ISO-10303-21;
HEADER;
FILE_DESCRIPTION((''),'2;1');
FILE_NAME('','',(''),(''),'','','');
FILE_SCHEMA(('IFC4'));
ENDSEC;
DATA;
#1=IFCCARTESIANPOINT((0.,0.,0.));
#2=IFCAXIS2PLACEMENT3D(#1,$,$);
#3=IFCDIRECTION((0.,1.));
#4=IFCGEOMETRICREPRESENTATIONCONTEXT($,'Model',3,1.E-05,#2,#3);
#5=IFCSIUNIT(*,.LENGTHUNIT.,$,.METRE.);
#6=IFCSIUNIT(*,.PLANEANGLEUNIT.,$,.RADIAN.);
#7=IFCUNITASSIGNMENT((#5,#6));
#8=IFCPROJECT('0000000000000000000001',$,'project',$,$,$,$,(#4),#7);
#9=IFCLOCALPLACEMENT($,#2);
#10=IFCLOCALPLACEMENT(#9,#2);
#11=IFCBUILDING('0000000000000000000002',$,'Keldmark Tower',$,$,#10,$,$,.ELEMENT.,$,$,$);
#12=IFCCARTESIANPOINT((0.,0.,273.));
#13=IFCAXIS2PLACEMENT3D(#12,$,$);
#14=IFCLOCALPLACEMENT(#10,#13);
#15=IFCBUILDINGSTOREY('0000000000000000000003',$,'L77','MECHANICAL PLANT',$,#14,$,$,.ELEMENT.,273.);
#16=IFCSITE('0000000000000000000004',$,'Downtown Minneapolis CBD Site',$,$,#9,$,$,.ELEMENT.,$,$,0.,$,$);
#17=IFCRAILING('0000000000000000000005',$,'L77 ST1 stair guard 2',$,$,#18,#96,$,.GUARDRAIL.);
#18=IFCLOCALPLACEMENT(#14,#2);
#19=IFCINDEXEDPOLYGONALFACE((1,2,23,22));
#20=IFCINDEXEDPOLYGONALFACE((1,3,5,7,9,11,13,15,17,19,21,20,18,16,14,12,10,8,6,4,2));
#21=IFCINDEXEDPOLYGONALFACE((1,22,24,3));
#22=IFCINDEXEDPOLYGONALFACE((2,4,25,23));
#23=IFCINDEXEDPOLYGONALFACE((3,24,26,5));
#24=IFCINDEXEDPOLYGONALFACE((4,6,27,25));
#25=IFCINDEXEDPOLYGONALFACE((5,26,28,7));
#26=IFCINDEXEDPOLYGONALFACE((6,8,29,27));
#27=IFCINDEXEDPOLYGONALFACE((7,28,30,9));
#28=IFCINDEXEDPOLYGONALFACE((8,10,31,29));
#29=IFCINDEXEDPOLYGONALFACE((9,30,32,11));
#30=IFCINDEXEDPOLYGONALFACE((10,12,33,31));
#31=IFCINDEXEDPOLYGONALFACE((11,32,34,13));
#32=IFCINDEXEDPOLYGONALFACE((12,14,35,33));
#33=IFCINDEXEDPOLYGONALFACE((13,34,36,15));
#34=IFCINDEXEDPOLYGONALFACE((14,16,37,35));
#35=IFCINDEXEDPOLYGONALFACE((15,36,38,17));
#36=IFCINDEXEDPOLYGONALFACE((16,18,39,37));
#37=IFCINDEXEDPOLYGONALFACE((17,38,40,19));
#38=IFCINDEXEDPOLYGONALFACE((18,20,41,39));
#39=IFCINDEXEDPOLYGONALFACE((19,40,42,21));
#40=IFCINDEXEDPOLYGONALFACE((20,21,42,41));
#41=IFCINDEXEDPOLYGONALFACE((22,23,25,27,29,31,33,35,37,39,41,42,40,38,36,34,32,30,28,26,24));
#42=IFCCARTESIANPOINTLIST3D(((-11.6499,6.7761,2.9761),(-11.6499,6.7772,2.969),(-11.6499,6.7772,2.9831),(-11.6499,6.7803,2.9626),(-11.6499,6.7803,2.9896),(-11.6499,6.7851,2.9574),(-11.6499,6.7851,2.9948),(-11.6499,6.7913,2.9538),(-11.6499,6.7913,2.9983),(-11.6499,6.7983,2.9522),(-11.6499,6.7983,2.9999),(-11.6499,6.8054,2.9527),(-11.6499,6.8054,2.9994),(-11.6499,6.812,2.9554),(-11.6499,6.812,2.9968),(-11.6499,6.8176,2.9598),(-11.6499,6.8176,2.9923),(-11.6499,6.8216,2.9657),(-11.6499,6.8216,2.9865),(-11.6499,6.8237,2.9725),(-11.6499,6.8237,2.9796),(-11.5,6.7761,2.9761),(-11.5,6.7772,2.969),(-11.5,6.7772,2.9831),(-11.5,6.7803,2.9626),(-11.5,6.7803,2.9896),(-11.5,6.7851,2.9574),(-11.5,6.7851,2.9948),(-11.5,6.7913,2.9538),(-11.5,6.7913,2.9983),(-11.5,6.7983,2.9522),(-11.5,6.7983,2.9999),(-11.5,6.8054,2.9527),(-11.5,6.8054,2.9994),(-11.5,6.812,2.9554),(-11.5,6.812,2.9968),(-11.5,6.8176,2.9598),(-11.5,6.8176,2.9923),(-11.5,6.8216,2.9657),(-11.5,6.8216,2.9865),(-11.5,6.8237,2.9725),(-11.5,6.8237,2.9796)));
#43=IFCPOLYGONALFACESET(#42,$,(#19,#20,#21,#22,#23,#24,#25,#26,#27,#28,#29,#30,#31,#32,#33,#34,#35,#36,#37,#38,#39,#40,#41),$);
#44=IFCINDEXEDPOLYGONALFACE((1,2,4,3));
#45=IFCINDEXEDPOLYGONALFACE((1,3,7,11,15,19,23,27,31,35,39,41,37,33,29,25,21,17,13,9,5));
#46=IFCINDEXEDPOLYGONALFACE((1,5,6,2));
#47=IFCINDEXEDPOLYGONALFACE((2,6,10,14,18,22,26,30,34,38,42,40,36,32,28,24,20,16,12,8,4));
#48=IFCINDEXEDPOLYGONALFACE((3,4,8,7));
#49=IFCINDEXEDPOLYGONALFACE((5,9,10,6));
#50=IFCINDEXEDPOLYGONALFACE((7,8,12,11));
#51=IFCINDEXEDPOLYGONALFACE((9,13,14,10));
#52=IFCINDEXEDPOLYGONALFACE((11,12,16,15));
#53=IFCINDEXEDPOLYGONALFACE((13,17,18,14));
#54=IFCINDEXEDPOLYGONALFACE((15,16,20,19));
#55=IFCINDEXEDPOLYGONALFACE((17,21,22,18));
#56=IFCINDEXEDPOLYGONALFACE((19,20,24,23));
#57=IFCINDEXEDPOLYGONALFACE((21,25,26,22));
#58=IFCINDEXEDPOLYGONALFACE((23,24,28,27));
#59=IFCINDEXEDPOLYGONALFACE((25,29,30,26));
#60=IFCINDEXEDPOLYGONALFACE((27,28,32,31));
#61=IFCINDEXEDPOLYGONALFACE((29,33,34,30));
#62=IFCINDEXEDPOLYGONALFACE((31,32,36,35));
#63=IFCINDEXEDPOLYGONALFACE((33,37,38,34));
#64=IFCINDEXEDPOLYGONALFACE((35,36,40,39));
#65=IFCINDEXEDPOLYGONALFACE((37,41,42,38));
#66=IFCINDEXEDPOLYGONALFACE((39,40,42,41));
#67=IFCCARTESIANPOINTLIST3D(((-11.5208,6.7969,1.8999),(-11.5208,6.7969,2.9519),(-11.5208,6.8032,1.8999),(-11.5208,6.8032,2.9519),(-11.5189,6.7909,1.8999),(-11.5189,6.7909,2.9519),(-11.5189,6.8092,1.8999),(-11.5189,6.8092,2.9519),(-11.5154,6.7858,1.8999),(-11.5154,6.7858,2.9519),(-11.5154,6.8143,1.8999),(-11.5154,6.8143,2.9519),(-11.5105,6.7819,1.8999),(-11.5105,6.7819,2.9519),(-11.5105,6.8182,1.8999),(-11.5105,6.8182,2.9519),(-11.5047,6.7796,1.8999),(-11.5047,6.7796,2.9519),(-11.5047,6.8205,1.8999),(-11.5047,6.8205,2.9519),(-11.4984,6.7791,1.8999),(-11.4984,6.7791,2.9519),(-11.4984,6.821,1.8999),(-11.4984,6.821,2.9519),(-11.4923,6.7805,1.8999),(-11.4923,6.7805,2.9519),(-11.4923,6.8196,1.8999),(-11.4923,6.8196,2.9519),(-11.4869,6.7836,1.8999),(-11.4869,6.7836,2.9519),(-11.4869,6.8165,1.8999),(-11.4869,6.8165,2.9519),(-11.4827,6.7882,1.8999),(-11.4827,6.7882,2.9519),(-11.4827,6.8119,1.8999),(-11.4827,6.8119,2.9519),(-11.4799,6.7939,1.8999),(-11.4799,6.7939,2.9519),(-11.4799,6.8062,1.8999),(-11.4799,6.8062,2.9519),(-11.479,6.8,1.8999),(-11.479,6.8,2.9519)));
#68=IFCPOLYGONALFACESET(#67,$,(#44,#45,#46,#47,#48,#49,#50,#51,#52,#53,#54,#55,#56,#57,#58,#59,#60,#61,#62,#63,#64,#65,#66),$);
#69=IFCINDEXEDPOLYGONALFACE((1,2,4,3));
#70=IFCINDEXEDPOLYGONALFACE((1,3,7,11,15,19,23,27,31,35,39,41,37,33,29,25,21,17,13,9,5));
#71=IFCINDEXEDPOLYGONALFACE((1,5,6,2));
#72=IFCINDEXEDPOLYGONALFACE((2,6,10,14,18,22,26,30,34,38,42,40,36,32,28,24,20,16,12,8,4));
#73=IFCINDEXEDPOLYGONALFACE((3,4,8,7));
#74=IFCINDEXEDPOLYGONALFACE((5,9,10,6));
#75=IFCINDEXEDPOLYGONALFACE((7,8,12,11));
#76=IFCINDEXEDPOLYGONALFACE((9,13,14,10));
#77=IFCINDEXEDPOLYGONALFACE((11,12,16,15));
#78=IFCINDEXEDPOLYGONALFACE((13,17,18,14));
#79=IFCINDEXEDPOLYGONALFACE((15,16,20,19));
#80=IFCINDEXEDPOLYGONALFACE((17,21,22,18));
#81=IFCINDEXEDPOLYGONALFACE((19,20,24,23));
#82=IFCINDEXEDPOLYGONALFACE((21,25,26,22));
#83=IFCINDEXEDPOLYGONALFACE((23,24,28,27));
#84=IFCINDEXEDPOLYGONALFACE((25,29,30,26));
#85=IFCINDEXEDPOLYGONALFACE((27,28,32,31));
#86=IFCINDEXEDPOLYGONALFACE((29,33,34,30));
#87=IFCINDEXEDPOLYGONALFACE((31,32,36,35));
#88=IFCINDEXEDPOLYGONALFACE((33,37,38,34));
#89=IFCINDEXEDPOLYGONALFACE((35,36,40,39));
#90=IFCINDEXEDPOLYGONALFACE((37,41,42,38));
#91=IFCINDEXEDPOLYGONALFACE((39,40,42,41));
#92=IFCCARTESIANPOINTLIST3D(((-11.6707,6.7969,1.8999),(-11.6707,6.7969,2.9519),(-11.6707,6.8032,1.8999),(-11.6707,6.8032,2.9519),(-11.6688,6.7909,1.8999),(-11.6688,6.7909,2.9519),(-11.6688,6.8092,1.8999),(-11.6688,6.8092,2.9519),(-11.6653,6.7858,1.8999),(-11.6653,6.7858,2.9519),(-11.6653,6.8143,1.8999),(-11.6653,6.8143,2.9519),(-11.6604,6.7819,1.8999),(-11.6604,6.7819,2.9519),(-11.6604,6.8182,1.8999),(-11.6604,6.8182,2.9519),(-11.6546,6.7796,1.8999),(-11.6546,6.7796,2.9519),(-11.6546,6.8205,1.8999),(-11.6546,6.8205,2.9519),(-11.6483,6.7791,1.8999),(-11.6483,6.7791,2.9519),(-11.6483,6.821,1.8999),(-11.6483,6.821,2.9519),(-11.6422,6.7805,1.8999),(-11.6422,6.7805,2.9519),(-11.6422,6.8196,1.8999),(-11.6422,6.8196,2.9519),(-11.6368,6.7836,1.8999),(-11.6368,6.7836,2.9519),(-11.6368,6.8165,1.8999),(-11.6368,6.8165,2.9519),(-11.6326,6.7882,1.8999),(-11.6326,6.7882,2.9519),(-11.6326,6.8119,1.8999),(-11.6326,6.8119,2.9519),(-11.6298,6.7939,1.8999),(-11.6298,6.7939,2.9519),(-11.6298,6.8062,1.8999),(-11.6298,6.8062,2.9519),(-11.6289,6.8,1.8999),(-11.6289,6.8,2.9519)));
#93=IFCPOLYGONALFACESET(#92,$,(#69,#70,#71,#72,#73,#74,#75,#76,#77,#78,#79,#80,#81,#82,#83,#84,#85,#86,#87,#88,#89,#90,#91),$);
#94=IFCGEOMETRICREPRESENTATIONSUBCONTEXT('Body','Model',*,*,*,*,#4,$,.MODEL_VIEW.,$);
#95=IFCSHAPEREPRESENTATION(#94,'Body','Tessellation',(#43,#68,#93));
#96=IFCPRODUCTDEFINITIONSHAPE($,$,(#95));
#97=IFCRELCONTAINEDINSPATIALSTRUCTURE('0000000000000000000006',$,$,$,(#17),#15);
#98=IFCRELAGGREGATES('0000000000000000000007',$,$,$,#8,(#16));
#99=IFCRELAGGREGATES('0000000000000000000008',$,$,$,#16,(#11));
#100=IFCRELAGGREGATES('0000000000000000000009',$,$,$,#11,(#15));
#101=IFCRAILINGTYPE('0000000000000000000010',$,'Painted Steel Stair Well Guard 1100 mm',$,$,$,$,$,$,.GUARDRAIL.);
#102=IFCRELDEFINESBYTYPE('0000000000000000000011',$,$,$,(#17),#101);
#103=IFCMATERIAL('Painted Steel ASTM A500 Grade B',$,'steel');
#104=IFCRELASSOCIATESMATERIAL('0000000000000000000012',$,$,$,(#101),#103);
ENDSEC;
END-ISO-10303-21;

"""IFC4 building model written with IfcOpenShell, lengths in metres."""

from ifc_helpers import new_model, si_unit, direction, frame, origin, origin_2d, place, context, subcontext, project, spatial, circle, extrude, material, type_object, element, save


model = new_model("IFC4")

# Units and contexts
model_context = context("Model", 3, precision=1e-05, world=origin(), true_north=direction((0.0, 1.0)))
body_context = subcontext(model_context, "Body", "Model", "MODEL_VIEW")
ifc_project = project(units=[si_unit("LENGTHUNIT", "METRE"), si_unit("PLANEANGLEUNIT", "RADIAN")], contexts=[model_context])

# Site, building, storey
site_placement = place(None, origin())
site = spatial("IfcSite", under=ifc_project, at=site_placement, Name="Downtown Minneapolis CBD Site", CompositionType="ELEMENT", RefElevation=0.0)
building_placement = place(site_placement, origin())
building = spatial("IfcBuilding", under=site, at=building_placement, Name="Keldmark Tower", CompositionType="ELEMENT")
storey_placement = place(building_placement, frame((0.0, 0.0, 273.0)))
storey = spatial("IfcBuildingStorey", under=building, at=storey_placement, Name="L77", Description="MECHANICAL PLANT", CompositionType="ELEMENT", Elevation=273.0)

# Railing
ifc_material_1 = material(Name="Painted Steel ASTM A500 Grade B", Category="steel")
railing_type_1 = type_object("IfcRailingType", Name="Painted Steel Stair Well Guard 1100 mm", PredefinedType="GUARDRAIL", material=ifc_material_1)
railing_1_placement = place(storey_placement, frame((-11.5, 6.8, 1.8999)))
element("IfcRailing", 1, at=railing_1_placement, inside=storey, type_object=railing_type_1, Name="L77 ST1 stair guard 2", PredefinedType="GUARDRAIL", context=body_context, shape_type="SweptSolid", body=[
    extrude(circle(Radius=0.0239, at=origin_2d()), frame((0.0, 0.0, 1.0762), z_axis=(-1.0, 0.0, 0.0), x_axis=(0.0, -1.0, 0.0)), (0.0, 0.0, 1.0), 0.1499),
    extrude(circle(Radius=0.021, at=origin_2d()), origin(), (0.0, 0.0, 1.0), 1.052),
    extrude(circle(Radius=0.021, at=origin_2d()), frame((-0.1499, 0.0, 0.0)), (0.0, 0.0, 1.0), 1.052),
])

save(model, "model.ifc")
